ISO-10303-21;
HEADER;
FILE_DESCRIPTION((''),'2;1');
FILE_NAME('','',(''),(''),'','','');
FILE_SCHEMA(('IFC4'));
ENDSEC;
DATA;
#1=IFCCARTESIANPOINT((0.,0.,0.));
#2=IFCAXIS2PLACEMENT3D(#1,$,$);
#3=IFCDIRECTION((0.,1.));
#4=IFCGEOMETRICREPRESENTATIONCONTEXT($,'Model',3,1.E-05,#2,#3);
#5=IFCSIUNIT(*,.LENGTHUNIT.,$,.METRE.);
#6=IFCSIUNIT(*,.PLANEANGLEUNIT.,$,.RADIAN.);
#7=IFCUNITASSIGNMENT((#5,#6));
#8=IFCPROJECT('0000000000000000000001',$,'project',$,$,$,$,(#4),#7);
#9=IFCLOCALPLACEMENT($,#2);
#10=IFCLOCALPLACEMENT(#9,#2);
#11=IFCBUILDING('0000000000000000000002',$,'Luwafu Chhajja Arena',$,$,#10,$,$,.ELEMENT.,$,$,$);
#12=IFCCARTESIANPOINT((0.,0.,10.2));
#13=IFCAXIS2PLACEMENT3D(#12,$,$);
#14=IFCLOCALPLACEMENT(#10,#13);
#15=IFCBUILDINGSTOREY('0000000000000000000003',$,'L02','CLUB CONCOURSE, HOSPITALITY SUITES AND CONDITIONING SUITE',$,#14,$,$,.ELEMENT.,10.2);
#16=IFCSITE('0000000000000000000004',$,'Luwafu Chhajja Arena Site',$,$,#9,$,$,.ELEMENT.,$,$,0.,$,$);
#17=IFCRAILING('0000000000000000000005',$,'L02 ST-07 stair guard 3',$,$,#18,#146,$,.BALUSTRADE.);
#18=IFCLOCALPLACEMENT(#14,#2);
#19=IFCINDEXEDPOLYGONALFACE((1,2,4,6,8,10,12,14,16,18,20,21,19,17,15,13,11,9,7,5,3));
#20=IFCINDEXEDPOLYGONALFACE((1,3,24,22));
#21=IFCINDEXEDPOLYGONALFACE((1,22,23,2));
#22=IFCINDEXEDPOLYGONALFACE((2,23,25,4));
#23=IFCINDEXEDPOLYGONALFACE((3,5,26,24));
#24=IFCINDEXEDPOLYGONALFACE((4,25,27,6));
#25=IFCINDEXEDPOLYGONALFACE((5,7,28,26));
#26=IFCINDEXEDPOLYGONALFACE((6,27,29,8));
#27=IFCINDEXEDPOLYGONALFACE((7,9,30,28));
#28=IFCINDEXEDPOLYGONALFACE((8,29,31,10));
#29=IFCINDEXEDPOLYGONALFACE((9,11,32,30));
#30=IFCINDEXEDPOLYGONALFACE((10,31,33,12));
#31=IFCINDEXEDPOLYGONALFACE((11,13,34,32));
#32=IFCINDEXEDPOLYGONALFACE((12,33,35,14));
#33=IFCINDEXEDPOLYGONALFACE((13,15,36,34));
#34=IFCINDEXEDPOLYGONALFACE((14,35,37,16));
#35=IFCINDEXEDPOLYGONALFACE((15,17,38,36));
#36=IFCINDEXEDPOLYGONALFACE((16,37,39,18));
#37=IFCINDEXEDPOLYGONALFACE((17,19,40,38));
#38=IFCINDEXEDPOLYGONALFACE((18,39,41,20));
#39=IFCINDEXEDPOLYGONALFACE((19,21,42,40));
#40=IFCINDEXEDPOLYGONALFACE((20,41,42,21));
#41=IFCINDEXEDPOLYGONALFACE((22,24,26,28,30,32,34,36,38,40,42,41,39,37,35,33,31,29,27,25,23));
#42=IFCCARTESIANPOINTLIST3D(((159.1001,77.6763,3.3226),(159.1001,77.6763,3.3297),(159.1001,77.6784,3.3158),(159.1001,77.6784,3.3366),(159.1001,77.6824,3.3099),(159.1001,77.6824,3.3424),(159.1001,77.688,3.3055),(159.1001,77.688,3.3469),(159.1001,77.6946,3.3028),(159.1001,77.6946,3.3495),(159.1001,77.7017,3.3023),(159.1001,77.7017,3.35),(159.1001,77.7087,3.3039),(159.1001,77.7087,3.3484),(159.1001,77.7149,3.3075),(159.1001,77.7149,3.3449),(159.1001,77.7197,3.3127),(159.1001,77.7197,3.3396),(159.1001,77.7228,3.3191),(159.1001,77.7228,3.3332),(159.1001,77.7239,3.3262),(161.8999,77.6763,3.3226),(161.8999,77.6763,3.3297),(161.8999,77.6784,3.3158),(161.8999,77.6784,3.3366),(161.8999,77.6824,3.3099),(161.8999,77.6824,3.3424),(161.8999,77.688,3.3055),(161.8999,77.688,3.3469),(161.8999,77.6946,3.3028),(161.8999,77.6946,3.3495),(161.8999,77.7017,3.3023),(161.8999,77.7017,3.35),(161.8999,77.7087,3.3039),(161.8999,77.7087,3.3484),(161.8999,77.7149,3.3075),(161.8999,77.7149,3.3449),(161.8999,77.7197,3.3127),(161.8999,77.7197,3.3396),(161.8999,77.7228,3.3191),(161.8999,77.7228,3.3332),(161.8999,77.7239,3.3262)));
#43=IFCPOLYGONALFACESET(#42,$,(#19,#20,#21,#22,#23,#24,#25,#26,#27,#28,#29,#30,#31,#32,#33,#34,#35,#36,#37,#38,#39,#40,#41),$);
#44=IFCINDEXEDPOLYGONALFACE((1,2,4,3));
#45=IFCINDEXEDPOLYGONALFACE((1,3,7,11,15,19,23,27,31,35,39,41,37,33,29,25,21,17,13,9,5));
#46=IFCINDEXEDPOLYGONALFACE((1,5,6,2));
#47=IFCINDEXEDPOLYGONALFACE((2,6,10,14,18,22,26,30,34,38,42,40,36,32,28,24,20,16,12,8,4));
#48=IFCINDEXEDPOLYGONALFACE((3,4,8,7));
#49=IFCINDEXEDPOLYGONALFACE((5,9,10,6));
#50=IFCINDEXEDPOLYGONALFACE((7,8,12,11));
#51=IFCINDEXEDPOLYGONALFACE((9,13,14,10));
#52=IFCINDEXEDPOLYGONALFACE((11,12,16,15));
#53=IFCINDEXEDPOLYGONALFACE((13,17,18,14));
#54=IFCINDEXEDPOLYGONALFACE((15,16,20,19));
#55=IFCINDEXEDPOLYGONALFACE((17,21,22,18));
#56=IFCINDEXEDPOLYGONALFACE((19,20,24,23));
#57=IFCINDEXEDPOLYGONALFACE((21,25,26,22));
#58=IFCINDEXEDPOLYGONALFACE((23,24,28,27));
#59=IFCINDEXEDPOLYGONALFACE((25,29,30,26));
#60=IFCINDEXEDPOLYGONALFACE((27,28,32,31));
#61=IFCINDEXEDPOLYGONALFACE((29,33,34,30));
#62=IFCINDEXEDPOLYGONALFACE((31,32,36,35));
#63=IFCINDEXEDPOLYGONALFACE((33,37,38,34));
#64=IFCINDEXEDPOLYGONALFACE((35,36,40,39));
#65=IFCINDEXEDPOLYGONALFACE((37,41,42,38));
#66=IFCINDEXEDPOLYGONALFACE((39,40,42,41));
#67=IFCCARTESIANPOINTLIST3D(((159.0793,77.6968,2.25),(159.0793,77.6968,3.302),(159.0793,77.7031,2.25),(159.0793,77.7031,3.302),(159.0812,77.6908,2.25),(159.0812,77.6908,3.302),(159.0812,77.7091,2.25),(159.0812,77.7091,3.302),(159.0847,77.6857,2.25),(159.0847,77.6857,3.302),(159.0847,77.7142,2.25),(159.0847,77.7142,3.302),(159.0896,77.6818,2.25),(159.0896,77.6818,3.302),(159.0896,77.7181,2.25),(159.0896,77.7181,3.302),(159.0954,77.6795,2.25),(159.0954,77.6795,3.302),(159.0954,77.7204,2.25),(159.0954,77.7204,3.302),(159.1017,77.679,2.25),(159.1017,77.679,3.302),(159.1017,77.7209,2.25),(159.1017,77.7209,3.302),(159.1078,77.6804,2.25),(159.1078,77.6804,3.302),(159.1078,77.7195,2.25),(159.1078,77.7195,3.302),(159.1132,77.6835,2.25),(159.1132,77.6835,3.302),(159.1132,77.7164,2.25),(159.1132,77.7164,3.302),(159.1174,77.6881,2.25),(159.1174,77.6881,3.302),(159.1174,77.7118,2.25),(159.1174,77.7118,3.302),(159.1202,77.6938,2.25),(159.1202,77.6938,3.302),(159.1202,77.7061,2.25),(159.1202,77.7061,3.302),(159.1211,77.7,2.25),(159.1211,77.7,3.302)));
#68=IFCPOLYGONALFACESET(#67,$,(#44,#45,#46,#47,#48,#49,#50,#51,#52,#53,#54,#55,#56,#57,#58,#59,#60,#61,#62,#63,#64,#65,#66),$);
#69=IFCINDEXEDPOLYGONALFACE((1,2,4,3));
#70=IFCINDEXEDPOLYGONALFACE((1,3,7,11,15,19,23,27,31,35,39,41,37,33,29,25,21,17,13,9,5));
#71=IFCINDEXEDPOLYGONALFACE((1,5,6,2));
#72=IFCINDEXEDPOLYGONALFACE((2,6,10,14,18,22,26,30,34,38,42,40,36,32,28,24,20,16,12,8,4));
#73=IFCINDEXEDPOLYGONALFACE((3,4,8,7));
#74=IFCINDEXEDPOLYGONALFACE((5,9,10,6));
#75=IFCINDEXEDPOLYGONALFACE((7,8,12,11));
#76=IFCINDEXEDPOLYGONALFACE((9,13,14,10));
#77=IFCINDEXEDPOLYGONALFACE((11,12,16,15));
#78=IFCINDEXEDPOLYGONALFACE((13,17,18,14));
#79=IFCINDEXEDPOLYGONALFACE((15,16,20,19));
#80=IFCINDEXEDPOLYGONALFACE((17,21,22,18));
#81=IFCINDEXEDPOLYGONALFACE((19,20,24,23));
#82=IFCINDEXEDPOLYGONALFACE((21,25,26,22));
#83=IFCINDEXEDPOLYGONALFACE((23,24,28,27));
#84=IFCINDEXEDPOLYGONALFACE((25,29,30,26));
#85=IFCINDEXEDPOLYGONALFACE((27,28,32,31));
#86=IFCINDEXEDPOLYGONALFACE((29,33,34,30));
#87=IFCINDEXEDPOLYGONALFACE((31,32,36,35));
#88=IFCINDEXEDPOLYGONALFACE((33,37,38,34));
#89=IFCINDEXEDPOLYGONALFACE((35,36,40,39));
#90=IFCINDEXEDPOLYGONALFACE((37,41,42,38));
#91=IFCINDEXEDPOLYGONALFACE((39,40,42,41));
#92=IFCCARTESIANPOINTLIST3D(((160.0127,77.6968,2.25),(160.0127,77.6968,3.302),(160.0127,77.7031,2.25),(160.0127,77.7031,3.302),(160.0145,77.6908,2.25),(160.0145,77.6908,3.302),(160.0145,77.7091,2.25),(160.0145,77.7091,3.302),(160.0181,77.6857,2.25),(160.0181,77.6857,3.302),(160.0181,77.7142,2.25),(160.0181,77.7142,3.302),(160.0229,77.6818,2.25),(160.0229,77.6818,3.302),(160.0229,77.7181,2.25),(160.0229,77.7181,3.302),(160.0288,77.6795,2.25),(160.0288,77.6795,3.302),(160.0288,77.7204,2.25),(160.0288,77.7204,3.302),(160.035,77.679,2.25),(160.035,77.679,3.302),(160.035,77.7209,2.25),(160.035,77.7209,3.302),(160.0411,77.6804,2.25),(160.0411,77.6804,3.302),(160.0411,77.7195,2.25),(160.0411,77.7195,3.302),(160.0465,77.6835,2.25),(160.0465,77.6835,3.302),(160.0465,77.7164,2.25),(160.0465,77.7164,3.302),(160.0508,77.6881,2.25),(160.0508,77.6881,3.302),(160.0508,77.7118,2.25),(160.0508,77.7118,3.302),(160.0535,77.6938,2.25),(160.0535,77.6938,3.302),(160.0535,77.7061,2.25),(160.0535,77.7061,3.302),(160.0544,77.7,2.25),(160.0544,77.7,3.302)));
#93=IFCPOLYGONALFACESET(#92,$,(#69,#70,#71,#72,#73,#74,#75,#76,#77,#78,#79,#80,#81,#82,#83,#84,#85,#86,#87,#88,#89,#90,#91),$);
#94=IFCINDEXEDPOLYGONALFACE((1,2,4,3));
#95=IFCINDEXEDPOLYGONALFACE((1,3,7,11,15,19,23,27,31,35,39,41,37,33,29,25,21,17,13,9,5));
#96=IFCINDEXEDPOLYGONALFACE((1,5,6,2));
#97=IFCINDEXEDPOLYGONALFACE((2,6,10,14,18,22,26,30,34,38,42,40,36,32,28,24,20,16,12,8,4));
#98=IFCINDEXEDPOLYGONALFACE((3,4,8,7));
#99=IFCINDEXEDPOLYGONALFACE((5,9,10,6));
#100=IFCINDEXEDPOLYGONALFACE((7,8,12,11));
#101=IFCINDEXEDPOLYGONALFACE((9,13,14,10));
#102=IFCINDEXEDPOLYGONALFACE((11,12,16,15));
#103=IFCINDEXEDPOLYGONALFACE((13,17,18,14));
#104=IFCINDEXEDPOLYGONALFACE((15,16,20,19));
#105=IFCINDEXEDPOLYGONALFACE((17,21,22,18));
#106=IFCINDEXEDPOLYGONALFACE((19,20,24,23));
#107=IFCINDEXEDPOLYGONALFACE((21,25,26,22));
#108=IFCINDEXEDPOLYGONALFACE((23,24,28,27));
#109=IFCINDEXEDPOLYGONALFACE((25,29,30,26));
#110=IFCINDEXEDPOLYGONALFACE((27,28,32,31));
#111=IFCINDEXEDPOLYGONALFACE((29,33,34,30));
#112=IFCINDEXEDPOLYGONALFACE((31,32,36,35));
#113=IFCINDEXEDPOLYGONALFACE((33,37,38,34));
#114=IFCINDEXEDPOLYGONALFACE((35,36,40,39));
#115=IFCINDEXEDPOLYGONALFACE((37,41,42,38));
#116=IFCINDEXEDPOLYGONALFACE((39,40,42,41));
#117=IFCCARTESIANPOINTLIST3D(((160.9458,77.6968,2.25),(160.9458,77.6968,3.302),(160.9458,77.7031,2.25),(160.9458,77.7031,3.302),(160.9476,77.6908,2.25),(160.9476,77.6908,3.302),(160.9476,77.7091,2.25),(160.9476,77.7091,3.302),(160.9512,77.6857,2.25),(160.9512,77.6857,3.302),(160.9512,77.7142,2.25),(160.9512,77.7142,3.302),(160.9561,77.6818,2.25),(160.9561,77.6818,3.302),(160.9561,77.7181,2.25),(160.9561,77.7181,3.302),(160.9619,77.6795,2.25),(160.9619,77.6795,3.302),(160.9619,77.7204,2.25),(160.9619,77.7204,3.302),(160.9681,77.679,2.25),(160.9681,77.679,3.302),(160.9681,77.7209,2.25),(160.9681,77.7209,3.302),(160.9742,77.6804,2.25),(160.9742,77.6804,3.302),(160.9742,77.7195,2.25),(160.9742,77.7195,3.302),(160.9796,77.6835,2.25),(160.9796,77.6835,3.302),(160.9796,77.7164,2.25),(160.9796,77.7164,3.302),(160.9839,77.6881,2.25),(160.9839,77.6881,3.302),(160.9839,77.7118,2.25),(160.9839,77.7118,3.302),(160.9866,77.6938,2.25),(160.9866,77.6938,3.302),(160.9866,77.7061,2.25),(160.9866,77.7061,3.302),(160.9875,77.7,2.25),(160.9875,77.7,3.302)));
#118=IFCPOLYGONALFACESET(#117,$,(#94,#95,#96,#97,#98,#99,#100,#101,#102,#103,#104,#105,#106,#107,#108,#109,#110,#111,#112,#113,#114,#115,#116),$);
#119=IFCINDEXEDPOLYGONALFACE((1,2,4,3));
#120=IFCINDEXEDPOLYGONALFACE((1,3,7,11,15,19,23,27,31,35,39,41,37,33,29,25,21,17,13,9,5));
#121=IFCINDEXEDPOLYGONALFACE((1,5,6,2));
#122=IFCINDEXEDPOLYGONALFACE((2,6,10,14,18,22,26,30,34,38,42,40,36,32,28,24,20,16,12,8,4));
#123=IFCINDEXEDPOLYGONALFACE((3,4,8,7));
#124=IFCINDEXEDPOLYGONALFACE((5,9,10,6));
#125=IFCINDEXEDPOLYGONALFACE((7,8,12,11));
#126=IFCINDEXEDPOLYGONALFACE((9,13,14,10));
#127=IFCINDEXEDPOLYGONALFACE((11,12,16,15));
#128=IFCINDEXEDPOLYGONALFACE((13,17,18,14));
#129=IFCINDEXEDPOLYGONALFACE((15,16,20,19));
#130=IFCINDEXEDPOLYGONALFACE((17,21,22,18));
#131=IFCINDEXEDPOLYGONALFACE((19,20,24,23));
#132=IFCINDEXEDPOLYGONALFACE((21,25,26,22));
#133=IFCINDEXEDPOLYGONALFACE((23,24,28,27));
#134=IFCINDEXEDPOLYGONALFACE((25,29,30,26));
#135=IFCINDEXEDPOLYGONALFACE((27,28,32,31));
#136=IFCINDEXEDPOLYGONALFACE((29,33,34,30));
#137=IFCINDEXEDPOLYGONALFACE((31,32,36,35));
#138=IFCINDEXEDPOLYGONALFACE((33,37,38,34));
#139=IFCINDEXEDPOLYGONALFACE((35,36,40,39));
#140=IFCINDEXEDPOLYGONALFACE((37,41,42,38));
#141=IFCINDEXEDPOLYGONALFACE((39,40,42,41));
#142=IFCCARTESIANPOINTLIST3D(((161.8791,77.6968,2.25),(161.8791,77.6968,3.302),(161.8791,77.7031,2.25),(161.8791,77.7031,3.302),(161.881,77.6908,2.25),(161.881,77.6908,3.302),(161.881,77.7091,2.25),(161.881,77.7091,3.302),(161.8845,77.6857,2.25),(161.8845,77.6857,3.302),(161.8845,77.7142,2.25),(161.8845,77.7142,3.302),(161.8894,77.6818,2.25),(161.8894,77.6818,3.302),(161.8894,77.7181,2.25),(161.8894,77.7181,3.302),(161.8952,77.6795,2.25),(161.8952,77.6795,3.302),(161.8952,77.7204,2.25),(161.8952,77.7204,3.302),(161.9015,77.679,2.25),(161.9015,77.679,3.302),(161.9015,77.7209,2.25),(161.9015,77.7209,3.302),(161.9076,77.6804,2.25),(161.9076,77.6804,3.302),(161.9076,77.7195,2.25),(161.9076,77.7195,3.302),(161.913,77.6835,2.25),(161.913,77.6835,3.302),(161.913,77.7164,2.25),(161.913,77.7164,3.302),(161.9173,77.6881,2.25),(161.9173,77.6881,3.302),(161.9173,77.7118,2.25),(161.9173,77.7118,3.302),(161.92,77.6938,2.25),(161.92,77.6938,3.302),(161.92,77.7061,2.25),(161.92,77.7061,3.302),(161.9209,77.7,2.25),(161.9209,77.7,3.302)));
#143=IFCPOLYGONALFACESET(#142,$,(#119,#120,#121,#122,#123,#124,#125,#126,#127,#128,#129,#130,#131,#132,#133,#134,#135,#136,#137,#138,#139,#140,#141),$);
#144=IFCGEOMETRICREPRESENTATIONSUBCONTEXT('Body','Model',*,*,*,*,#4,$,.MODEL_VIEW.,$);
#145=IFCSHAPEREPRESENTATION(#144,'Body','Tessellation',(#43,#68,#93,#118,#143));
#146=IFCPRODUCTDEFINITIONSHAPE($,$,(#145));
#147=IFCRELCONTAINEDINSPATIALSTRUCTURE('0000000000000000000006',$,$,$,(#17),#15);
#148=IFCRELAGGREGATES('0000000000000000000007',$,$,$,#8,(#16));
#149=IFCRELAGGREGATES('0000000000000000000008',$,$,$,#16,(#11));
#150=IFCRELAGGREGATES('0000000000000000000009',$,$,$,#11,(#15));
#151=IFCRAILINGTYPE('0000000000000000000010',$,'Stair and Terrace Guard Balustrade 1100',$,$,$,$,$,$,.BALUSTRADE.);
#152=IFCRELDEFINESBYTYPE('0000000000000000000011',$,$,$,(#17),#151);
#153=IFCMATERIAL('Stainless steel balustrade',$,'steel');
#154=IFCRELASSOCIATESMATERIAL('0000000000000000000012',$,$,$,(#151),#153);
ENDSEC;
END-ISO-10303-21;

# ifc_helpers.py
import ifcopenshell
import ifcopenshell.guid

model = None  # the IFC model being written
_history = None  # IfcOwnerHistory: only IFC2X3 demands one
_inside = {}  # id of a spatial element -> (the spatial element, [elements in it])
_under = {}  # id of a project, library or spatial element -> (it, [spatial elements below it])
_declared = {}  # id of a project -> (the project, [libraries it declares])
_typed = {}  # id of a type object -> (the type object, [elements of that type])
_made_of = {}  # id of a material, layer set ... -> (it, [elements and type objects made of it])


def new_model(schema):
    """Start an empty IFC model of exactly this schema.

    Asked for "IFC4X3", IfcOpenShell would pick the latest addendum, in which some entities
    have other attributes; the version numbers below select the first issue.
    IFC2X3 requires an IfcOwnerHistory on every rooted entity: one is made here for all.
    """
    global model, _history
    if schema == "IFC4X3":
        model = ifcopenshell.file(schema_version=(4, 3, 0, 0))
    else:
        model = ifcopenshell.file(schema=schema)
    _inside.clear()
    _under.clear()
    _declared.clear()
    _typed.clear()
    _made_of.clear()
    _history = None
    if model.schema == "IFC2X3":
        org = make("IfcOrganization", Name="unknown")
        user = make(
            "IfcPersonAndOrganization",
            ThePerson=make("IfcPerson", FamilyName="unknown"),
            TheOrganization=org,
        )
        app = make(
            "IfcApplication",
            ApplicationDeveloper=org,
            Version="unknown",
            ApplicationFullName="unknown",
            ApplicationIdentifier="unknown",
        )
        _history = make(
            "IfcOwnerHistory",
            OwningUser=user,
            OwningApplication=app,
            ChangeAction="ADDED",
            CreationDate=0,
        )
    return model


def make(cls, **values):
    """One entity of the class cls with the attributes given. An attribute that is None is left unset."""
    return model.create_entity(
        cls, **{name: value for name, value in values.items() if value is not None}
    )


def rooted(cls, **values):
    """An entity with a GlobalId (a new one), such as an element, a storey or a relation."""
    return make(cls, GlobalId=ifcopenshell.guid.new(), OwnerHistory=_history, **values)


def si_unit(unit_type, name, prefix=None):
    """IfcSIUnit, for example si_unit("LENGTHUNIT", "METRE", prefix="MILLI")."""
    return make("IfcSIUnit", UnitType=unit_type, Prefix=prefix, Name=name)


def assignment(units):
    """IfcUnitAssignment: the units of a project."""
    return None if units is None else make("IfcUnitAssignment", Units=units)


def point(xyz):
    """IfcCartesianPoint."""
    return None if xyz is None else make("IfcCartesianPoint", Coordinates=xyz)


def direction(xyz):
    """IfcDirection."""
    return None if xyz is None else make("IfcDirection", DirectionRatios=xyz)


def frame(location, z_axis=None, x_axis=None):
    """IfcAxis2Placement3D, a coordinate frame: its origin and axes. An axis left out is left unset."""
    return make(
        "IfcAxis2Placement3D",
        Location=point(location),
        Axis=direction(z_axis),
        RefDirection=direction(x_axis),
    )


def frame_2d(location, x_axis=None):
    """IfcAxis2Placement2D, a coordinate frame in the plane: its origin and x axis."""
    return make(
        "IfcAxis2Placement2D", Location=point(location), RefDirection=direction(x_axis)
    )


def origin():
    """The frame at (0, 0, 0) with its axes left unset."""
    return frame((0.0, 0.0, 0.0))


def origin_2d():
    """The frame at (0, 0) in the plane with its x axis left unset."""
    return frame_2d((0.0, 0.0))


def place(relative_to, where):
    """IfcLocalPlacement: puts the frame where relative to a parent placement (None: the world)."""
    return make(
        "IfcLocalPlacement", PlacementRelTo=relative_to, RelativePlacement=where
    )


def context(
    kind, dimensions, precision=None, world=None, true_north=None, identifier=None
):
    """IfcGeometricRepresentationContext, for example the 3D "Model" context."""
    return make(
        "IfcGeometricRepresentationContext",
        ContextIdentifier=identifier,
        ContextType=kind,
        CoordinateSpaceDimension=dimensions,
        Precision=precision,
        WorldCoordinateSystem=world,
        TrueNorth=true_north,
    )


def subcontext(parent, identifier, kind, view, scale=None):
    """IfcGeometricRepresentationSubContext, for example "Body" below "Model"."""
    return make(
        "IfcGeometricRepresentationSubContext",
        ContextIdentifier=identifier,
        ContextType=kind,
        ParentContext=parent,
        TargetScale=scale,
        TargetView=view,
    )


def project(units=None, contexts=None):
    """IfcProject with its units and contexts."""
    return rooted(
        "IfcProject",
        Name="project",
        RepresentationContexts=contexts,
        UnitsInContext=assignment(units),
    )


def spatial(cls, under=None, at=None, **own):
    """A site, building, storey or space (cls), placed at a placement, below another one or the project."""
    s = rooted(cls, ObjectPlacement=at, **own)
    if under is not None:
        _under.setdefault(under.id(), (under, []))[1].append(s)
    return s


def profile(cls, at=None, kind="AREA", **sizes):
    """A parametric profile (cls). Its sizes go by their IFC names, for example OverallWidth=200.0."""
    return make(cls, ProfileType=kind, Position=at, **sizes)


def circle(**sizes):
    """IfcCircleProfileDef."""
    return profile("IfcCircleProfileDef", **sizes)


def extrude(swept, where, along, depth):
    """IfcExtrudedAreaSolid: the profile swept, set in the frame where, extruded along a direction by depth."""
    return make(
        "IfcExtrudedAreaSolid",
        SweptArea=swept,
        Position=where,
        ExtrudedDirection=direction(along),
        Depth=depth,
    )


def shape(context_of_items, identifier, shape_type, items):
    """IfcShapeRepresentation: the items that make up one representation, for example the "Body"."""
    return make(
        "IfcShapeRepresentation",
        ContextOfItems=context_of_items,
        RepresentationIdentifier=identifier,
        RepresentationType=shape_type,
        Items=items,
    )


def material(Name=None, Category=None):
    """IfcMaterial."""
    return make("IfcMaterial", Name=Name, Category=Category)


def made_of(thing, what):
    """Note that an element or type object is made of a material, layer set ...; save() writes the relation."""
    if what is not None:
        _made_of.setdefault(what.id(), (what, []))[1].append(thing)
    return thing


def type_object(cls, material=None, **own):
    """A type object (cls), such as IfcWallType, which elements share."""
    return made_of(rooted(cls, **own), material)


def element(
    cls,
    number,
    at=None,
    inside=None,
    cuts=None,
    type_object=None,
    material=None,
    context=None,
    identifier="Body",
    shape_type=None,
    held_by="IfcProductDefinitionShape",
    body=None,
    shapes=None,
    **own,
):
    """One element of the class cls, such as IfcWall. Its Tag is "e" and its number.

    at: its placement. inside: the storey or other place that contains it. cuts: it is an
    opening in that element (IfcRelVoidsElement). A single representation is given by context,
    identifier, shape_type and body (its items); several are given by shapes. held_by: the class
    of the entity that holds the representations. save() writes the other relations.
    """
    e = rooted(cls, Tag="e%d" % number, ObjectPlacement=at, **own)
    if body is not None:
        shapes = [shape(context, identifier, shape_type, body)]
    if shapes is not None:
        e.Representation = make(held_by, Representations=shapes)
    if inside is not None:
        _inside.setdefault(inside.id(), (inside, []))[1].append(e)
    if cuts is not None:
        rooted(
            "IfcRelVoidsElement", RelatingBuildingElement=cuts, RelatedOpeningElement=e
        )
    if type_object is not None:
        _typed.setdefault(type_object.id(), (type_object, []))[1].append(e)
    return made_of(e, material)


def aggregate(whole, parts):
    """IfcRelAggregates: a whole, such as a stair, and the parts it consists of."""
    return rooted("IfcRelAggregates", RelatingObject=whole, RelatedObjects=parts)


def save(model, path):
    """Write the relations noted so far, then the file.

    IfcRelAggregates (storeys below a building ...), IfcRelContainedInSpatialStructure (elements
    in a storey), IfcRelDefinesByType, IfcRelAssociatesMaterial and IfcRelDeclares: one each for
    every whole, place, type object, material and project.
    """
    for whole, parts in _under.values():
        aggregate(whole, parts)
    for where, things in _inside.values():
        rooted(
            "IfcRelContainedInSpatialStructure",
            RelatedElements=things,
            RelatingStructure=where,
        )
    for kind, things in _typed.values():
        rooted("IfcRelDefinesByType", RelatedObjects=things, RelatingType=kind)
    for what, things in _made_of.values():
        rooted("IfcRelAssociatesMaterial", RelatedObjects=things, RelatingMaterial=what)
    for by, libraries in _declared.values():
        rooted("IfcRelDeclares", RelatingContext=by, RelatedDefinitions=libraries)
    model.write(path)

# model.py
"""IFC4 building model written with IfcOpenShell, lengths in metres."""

from ifc_helpers import new_model, si_unit, direction, frame, origin, origin_2d, place, context, subcontext, project, spatial, circle, extrude, material, type_object, element, save


model = new_model("IFC4")

# Units and contexts
model_context = context("Model", 3, precision=1e-05, world=origin(), true_north=direction((0.0, 1.0)))
body_context = subcontext(model_context, "Body", "Model", "MODEL_VIEW")
ifc_project = project(units=[si_unit("LENGTHUNIT", "METRE"), si_unit("PLANEANGLEUNIT", "RADIAN")], contexts=[model_context])

# Site, building, storey
site_placement = place(None, origin())
site = spatial("IfcSite", under=ifc_project, at=site_placement, Name="Luwafu Chhajja Arena Site", CompositionType="ELEMENT", RefElevation=0.0)
building_placement = place(site_placement, origin())
building = spatial("IfcBuilding", under=site, at=building_placement, Name="Luwafu Chhajja Arena", CompositionType="ELEMENT")
storey_placement = place(building_placement, frame((0.0, 0.0, 10.2)))
storey = spatial("IfcBuildingStorey", under=building, at=storey_placement, Name="L02", Description="CLUB CONCOURSE, HOSPITALITY SUITES AND CONDITIONING SUITE", CompositionType="ELEMENT", Elevation=10.2)

# Railing
ifc_material_1 = material(Name="Stainless steel balustrade", Category="steel")
railing_type_1 = type_object("IfcRailingType", Name="Stair and Terrace Guard Balustrade 1100", PredefinedType="BALUSTRADE", material=ifc_material_1)
for number, where, name in (
    (1, (159.1001, 77.7, 2.25), "L02 ST-07 stair guard 3"),
):
    element("IfcRailing", number, at=place(storey_placement, frame(where)), inside=storey, type_object=railing_type_1, Name=name, PredefinedType="BALUSTRADE", context=body_context, shape_type="SweptSolid", body=[
        extrude(circle(Radius=0.0239, at=origin_2d()), frame((0.0, 0.0, 1.0762), z_axis=(1.0, 0.0, 0.0), x_axis=(0.0, 1.0, 0.0)), (0.0, 0.0, 1.0), 2.7998),
        extrude(circle(Radius=0.021, at=origin_2d()), origin(), (0.0, 0.0, 1.0), 1.052),
        extrude(circle(Radius=0.021, at=origin_2d()), frame((0.9333, 0.0, 0.0)), (0.0, 0.0, 1.0), 1.052),
        extrude(circle(Radius=0.021, at=origin_2d()), frame((1.8665, 0.0, 0.0)), (0.0, 0.0, 1.0), 1.052),
        extrude(circle(Radius=0.021, at=origin_2d()), frame((2.7998, 0.0, 0.0)), (0.0, 0.0, 1.0), 1.052),
    ])

save(model, "model.ifc")
